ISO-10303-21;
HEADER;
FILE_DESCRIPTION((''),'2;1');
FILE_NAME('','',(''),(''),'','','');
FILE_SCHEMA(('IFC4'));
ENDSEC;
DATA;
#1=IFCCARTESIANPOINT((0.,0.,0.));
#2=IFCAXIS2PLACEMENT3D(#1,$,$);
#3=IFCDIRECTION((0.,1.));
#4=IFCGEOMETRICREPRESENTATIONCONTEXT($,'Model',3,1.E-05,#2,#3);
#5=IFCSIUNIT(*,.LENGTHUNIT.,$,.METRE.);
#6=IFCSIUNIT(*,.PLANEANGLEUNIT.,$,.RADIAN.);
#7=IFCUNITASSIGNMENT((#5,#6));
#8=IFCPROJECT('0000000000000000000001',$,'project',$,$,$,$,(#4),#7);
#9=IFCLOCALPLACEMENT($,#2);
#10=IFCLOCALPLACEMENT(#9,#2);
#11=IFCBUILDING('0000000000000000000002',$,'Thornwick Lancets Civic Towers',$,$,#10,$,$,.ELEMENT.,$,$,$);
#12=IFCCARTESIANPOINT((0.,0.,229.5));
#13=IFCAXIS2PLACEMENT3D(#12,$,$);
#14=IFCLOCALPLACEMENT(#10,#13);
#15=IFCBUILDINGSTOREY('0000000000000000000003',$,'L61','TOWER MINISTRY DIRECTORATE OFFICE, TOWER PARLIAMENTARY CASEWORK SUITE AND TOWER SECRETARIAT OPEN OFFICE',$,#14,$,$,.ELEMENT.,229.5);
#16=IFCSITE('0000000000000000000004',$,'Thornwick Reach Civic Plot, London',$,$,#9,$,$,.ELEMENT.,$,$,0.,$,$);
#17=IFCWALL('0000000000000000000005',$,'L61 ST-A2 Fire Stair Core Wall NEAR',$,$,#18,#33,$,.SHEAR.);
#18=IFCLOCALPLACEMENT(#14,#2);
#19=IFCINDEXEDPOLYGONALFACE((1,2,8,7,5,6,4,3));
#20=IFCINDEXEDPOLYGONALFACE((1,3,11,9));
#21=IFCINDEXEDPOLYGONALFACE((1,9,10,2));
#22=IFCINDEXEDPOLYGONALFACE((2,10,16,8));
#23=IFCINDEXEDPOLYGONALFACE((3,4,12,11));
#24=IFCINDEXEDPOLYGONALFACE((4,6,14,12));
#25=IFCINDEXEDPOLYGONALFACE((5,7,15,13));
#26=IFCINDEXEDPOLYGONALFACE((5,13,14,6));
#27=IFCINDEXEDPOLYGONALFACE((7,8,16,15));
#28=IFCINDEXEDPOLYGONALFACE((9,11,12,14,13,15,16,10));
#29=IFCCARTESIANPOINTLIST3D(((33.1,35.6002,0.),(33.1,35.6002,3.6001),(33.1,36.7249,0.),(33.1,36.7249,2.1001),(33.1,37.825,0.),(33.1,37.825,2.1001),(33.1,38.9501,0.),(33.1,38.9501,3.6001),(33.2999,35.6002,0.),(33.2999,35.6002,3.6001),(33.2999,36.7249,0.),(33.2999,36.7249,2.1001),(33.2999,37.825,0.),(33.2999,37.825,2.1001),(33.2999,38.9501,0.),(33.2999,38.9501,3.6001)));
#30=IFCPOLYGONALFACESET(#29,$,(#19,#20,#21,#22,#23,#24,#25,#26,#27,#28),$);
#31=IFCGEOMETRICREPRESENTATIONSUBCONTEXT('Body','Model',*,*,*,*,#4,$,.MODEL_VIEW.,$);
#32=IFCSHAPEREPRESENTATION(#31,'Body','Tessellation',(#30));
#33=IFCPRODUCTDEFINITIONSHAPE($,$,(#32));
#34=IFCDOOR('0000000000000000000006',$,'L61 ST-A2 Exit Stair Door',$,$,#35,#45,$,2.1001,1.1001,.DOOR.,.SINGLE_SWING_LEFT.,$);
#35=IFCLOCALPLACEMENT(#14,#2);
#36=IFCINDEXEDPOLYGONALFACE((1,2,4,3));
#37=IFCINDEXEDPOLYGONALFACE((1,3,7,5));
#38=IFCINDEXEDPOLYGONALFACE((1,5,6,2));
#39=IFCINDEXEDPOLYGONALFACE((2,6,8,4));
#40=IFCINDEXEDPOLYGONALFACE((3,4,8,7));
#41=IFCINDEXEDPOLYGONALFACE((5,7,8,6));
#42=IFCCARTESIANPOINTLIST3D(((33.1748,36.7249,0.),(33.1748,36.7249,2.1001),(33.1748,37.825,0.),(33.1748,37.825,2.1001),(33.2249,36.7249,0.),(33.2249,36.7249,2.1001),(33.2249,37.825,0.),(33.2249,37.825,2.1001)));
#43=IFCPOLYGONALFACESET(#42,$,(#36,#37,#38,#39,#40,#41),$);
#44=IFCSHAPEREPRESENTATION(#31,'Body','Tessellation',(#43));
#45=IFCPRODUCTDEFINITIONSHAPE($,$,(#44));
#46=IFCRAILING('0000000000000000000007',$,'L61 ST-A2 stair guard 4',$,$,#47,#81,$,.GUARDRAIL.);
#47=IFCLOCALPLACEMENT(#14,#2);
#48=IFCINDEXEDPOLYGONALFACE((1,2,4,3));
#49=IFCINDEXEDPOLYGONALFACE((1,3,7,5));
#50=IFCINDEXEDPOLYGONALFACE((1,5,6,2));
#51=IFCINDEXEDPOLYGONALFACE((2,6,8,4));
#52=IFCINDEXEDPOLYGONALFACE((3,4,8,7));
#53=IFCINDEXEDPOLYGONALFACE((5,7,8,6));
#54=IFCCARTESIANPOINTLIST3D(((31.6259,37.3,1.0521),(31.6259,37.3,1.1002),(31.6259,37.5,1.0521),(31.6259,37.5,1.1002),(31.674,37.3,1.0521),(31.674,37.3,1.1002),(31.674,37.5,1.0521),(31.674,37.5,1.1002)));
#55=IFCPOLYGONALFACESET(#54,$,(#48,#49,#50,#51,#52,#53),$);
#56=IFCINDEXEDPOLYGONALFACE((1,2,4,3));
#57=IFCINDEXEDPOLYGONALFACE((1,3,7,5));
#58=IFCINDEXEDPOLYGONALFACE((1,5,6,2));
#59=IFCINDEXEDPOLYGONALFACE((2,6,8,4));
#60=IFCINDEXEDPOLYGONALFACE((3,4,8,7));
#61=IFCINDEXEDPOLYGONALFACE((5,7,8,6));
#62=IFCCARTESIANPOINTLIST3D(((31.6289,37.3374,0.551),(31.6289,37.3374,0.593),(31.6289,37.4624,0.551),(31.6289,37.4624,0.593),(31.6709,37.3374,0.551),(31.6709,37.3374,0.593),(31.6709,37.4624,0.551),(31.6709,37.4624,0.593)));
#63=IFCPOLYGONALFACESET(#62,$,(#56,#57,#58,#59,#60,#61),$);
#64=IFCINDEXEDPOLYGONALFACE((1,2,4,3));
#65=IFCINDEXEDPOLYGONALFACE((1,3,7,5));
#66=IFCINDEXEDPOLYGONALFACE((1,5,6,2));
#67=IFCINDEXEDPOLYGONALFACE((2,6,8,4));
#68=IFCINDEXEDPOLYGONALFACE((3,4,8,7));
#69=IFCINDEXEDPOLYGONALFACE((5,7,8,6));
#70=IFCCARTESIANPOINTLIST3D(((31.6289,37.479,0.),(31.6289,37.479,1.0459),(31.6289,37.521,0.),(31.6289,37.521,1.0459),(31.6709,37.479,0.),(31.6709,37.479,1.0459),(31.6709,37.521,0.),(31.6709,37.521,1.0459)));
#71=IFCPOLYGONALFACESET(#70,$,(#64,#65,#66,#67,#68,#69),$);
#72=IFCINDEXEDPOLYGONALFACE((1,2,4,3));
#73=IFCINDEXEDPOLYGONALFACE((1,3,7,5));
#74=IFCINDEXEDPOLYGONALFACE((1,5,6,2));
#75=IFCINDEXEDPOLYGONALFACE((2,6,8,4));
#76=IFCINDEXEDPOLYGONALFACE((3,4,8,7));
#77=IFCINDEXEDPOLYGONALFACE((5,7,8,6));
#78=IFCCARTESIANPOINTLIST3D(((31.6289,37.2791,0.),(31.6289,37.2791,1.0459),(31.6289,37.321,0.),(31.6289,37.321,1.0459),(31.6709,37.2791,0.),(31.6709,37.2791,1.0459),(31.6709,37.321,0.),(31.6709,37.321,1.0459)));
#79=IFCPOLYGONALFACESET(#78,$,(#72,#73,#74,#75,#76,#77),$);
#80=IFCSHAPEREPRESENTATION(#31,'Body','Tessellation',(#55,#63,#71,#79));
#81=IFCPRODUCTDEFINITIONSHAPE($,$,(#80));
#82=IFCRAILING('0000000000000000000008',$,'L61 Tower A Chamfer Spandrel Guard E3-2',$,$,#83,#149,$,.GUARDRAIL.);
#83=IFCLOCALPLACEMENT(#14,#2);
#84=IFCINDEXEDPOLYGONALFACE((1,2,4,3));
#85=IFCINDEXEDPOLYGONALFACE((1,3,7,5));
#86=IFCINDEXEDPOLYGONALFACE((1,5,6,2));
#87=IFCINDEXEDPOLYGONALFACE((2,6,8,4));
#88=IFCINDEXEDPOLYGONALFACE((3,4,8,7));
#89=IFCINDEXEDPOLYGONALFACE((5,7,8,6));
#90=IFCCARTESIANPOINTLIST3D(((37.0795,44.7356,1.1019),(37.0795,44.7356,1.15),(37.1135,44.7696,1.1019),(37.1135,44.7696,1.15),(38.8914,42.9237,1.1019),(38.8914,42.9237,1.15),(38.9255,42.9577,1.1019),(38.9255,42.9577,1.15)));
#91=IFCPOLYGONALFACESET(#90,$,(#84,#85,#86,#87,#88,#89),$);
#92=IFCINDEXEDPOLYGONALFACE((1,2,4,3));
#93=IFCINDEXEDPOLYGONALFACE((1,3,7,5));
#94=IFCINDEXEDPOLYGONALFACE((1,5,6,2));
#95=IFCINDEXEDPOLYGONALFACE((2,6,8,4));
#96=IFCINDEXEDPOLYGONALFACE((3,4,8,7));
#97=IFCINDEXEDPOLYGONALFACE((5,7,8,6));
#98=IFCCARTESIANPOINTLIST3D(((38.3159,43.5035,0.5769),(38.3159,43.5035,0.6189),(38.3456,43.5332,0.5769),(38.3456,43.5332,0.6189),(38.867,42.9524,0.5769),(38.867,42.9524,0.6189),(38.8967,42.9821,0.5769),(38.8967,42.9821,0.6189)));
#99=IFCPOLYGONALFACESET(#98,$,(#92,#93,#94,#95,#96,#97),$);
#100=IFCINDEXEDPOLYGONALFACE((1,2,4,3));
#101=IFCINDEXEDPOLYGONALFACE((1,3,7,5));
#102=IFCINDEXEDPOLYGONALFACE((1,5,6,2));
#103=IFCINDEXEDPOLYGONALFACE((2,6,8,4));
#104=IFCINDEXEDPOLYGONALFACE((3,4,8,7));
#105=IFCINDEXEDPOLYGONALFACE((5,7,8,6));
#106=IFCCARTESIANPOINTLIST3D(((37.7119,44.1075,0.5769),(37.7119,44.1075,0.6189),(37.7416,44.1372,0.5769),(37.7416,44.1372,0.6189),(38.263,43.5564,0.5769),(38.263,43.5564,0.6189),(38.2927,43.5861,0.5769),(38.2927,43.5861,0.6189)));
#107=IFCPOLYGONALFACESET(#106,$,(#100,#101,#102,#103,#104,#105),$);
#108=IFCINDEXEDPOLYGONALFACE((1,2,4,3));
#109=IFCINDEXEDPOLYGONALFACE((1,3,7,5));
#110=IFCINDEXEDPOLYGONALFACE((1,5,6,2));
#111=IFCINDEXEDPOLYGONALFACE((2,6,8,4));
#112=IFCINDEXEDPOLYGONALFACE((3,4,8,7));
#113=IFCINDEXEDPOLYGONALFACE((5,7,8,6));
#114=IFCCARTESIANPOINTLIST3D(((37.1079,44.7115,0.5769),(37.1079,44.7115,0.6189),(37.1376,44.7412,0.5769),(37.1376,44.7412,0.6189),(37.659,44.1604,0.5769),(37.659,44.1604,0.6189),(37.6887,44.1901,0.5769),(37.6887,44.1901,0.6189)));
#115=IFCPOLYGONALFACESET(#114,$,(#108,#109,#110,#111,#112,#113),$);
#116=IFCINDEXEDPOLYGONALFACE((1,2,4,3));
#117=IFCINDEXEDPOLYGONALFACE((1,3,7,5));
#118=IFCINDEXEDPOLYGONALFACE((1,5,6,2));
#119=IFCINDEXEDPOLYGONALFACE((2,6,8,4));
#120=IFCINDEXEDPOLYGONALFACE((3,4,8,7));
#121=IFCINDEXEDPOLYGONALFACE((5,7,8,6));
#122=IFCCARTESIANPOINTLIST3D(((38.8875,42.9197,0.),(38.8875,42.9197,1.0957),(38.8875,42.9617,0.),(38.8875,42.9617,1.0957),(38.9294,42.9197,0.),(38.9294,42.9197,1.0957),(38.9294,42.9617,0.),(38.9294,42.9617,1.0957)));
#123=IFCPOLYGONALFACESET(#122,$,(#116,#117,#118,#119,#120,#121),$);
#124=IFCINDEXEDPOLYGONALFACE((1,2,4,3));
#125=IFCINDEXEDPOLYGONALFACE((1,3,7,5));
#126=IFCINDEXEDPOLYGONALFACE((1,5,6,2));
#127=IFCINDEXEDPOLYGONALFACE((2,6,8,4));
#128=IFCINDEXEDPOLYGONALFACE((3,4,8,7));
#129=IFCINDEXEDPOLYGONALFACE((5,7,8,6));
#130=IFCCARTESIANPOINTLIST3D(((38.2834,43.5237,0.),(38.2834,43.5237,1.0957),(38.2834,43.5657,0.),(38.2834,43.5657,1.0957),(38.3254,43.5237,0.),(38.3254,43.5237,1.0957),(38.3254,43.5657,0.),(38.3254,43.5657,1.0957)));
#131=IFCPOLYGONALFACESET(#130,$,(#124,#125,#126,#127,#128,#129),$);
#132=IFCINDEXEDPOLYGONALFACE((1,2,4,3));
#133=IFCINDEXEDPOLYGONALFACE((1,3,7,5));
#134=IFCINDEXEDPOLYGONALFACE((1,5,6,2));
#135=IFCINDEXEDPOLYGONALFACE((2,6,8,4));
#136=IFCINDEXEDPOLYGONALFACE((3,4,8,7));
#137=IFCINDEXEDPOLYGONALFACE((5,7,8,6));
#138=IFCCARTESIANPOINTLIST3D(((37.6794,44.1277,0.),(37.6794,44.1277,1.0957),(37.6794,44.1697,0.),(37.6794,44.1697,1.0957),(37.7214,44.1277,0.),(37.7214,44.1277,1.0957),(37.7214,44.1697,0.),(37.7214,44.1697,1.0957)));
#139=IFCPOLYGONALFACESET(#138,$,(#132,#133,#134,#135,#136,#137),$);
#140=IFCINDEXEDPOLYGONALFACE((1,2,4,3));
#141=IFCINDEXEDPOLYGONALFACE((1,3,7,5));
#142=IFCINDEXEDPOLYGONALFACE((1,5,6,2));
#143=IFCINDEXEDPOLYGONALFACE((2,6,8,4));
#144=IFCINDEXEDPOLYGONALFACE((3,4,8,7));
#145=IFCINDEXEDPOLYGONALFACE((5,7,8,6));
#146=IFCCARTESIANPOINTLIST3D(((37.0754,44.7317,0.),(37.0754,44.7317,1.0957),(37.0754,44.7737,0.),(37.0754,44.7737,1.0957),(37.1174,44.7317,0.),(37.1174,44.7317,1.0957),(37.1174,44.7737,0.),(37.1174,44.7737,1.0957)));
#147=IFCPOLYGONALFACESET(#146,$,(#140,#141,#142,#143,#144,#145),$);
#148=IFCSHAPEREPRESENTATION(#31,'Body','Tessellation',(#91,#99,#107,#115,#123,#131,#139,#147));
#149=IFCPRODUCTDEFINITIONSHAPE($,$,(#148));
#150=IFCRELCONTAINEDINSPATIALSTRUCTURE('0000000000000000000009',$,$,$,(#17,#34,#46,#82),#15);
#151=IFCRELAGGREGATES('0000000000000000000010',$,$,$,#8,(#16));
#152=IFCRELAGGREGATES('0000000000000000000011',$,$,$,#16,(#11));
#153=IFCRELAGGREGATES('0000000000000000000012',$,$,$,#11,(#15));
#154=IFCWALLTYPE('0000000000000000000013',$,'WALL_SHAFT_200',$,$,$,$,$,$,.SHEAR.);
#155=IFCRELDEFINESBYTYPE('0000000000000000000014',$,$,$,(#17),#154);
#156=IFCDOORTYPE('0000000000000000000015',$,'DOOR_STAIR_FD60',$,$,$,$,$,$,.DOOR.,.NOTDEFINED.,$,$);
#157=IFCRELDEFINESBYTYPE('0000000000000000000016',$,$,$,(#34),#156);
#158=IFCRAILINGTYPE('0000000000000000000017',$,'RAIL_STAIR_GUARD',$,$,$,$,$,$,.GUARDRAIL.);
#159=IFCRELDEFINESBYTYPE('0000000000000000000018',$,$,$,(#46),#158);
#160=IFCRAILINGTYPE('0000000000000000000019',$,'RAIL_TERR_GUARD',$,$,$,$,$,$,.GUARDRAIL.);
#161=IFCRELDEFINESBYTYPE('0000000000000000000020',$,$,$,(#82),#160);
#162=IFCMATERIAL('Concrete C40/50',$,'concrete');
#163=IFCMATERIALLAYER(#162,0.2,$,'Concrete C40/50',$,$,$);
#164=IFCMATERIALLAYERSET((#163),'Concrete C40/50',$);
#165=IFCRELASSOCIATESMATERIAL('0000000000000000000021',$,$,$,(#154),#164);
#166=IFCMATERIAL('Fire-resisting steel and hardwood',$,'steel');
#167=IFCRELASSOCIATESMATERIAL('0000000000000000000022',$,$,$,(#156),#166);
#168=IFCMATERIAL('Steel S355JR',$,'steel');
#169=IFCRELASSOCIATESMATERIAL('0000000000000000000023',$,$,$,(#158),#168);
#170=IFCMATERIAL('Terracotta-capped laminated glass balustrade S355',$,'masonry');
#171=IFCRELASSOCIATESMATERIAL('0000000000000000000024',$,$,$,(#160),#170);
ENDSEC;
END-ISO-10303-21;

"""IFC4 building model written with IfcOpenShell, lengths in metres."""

from ifc_helpers import new_model, si_unit, direction, frame, frame_2d, origin, origin_2d, place, context, subcontext, project, spatial, rectangle, extrude, material, layer, layer_set, type_object, element, fill, save


model = new_model("IFC4")

# Units and contexts
model_context = context("Model", 3, precision=1e-05, world=origin(), true_north=direction((0.0, 1.0)))
body_context = subcontext(model_context, "Body", "Model", "MODEL_VIEW")
ifc_project = project(units=[si_unit("LENGTHUNIT", "METRE"), si_unit("PLANEANGLEUNIT", "RADIAN")], contexts=[model_context])

# Site, building, storey
site_placement = place(None, origin())
site = spatial("IfcSite", under=ifc_project, at=site_placement, Name="Thornwick Reach Civic Plot, London", CompositionType="ELEMENT", RefElevation=0.0)
building_placement = place(site_placement, origin())
building = spatial("IfcBuilding", under=site, at=building_placement, Name="Thornwick Lancets Civic Towers", CompositionType="ELEMENT")
storey_placement = place(building_placement, frame((0.0, 0.0, 229.5)))
storey = spatial("IfcBuildingStorey", under=building, at=storey_placement, Name="L61", Description="TOWER MINISTRY DIRECTORATE OFFICE, TOWER PARLIAMENTARY CASEWORK SUITE AND TOWER SECRETARIAT OPEN OFFICE", CompositionType="ELEMENT", Elevation=229.5)

# Wall, opening, door
ifc_material_1 = material(Name="Concrete C40/50", Category="concrete")
ifc_layer_1 = layer(ifc_material_1, 0.2, Name="Concrete C40/50")
ifc_layer_set_1 = layer_set([ifc_layer_1], Name="Concrete C40/50")
wall_type_1 = type_object("IfcWallType", Name="WALL_SHAFT_200", PredefinedType="SHEAR", material=ifc_layer_set_1)
wall_1_placement = place(storey_placement, frame((33.2, 38.95, 0.0), z_axis=(0.0, 0.0, 1.0), x_axis=(0.0, -1.0, 0.0)))
wall_1 = element("IfcWall", 1, at=wall_1_placement, inside=storey, type_object=wall_type_1, Name="L61 ST-A2 Fire Stair Core Wall NEAR", PredefinedType="SHEAR", context=body_context, shape_type="SweptSolid", body=[
    extrude(rectangle(XDim=3.3499, YDim=0.2, at=frame_2d((1.6748, 0.0))), origin(), (0.0, 0.0, 1.0), 3.6001),
])
opening_1_placement = place(wall_1_placement, frame((1.125, 0.0, 0.0)))
opening_1 = element("IfcOpeningElement", 2, at=opening_1_placement, cuts=wall_1, PredefinedType="OPENING", context=body_context, shape_type="SweptSolid", body=[
    extrude(rectangle(XDim=1.1001, YDim=2.1001, at=frame_2d((0.55, 1.05))), frame((0.0, 0.1099, 0.0), z_axis=(0.0, -1.0, 0.0), x_axis=(1.0, 0.0, 0.0)), (0.0, 0.0, 1.0), 0.22),
])
ifc_material_2 = material(Name="Fire-resisting steel and hardwood", Category="steel")
door_type_1 = type_object("IfcDoorType", Name="DOOR_STAIR_FD60", OperationType="NOTDEFINED", PredefinedType="DOOR", material=ifc_material_2)
door_1_placement = place(opening_1_placement, origin())
door_1 = element("IfcDoor", 3, at=door_1_placement, inside=storey, type_object=door_type_1, Name="L61 ST-A2 Exit Stair Door", OperationType="SINGLE_SWING_LEFT", OverallHeight=2.1001, OverallWidth=1.1001, PredefinedType="DOOR", context=body_context, shape_type="SweptSolid", body=[
    extrude(rectangle(XDim=1.1001, YDim=2.1001, at=frame_2d((0.55, 1.05))), frame((0.0, 0.0249, 0.0), z_axis=(0.0, -1.0, 0.0), x_axis=(1.0, 0.0, 0.0)), (0.0, 0.0, 1.0), 0.05),
])
fill(opening_1, door_1)

# Railings
ifc_material_3 = material(Name="Steel S355JR", Category="steel")
railing_type_1 = type_object("IfcRailingType", Name="RAIL_STAIR_GUARD", PredefinedType="GUARDRAIL", material=ifc_material_3)
railing_1_placement = place(storey_placement, frame((31.6499, 37.5, 0.0)))
element("IfcRailing", 4, at=railing_1_placement, inside=storey, type_object=railing_type_1, Name="L61 ST-A2 stair guard 4", PredefinedType="GUARDRAIL", context=body_context, shape_type="SweptSolid", body=[
    extrude(rectangle(XDim=0.0481, YDim=0.0481, at=origin_2d()), frame((0.0, 0.0, 1.0762), z_axis=(0.0, -1.0, 0.0), x_axis=(1.0, 0.0, 0.0)), (0.0, 0.0, 1.0), 0.2),
    extrude(rectangle(XDim=0.042, YDim=0.042, at=origin_2d()), frame((0.0, -0.0376, 0.572), z_axis=(0.0, -1.0, 0.0), x_axis=(1.0, 0.0, 0.0)), (0.0, 0.0, 1.0), 0.125),
    extrude(rectangle(XDim=0.042, YDim=0.042, at=origin_2d()), origin(), (0.0, 0.0, 1.0), 1.0459),
    extrude(rectangle(XDim=0.042, YDim=0.042, at=origin_2d()), frame((0.0, -0.2, 0.0)), (0.0, 0.0, 1.0), 1.0459),
])
ifc_material_4 = material(Name="Terracotta-capped laminated glass balustrade S355", Category="masonry")
railing_type_2 = type_object("IfcRailingType", Name="RAIL_TERR_GUARD", PredefinedType="GUARDRAIL", material=ifc_material_4)
railing_2_placement = place(storey_placement, frame((38.9084, 42.9407, 0.0)))
element("IfcRailing", 5, at=railing_2_placement, inside=storey, type_object=railing_type_2, Name="L61 Tower A Chamfer Spandrel Guard E3-2", PredefinedType="GUARDRAIL", context=body_context, shape_type="SweptSolid", body=[
    extrude(rectangle(XDim=0.0481, YDim=0.0481, at=origin_2d()), frame((0.0, 0.0, 1.126), z_axis=(-0.707107, 0.707107, 0.0), x_axis=(-0.707107, -0.707107, 0.0)), (0.0, 0.0, 1.0), 2.5625),
    extrude(rectangle(XDim=0.042, YDim=0.042, at=origin_2d()), frame((-0.0266, 0.0266, 0.5979), z_axis=(-0.707107, 0.707107, 0.0), x_axis=(-0.707107, -0.707107, 0.0)), (0.0, 0.0, 1.0), 0.7793),
    extrude(rectangle(XDim=0.042, YDim=0.042, at=origin_2d()), frame((-0.6306, 0.6306, 0.5979), z_axis=(-0.707107, 0.707107, 0.0), x_axis=(-0.707107, -0.707107, 0.0)), (0.0, 0.0, 1.0), 0.7793),
    extrude(rectangle(XDim=0.042, YDim=0.042, at=origin_2d()), frame((-1.2346, 1.2346, 0.5979), z_axis=(-0.707107, 0.707107, 0.0), x_axis=(-0.707107, -0.707107, 0.0)), (0.0, 0.0, 1.0), 0.7793),
    extrude(rectangle(XDim=0.042, YDim=0.042, at=origin_2d()), origin(), (0.0, 0.0, 1.0), 1.0957),
    extrude(rectangle(XDim=0.042, YDim=0.042, at=origin_2d()), frame((-0.604, 0.604, 0.0)), (0.0, 0.0, 1.0), 1.0957),
    extrude(rectangle(XDim=0.042, YDim=0.042, at=origin_2d()), frame((-1.208, 1.208, 0.0)), (0.0, 0.0, 1.0), 1.0957),
    extrude(rectangle(XDim=0.042, YDim=0.042, at=origin_2d()), frame((-1.812, 1.812, 0.0)), (0.0, 0.0, 1.0), 1.0957),
])

save(model, "model.ifc")
